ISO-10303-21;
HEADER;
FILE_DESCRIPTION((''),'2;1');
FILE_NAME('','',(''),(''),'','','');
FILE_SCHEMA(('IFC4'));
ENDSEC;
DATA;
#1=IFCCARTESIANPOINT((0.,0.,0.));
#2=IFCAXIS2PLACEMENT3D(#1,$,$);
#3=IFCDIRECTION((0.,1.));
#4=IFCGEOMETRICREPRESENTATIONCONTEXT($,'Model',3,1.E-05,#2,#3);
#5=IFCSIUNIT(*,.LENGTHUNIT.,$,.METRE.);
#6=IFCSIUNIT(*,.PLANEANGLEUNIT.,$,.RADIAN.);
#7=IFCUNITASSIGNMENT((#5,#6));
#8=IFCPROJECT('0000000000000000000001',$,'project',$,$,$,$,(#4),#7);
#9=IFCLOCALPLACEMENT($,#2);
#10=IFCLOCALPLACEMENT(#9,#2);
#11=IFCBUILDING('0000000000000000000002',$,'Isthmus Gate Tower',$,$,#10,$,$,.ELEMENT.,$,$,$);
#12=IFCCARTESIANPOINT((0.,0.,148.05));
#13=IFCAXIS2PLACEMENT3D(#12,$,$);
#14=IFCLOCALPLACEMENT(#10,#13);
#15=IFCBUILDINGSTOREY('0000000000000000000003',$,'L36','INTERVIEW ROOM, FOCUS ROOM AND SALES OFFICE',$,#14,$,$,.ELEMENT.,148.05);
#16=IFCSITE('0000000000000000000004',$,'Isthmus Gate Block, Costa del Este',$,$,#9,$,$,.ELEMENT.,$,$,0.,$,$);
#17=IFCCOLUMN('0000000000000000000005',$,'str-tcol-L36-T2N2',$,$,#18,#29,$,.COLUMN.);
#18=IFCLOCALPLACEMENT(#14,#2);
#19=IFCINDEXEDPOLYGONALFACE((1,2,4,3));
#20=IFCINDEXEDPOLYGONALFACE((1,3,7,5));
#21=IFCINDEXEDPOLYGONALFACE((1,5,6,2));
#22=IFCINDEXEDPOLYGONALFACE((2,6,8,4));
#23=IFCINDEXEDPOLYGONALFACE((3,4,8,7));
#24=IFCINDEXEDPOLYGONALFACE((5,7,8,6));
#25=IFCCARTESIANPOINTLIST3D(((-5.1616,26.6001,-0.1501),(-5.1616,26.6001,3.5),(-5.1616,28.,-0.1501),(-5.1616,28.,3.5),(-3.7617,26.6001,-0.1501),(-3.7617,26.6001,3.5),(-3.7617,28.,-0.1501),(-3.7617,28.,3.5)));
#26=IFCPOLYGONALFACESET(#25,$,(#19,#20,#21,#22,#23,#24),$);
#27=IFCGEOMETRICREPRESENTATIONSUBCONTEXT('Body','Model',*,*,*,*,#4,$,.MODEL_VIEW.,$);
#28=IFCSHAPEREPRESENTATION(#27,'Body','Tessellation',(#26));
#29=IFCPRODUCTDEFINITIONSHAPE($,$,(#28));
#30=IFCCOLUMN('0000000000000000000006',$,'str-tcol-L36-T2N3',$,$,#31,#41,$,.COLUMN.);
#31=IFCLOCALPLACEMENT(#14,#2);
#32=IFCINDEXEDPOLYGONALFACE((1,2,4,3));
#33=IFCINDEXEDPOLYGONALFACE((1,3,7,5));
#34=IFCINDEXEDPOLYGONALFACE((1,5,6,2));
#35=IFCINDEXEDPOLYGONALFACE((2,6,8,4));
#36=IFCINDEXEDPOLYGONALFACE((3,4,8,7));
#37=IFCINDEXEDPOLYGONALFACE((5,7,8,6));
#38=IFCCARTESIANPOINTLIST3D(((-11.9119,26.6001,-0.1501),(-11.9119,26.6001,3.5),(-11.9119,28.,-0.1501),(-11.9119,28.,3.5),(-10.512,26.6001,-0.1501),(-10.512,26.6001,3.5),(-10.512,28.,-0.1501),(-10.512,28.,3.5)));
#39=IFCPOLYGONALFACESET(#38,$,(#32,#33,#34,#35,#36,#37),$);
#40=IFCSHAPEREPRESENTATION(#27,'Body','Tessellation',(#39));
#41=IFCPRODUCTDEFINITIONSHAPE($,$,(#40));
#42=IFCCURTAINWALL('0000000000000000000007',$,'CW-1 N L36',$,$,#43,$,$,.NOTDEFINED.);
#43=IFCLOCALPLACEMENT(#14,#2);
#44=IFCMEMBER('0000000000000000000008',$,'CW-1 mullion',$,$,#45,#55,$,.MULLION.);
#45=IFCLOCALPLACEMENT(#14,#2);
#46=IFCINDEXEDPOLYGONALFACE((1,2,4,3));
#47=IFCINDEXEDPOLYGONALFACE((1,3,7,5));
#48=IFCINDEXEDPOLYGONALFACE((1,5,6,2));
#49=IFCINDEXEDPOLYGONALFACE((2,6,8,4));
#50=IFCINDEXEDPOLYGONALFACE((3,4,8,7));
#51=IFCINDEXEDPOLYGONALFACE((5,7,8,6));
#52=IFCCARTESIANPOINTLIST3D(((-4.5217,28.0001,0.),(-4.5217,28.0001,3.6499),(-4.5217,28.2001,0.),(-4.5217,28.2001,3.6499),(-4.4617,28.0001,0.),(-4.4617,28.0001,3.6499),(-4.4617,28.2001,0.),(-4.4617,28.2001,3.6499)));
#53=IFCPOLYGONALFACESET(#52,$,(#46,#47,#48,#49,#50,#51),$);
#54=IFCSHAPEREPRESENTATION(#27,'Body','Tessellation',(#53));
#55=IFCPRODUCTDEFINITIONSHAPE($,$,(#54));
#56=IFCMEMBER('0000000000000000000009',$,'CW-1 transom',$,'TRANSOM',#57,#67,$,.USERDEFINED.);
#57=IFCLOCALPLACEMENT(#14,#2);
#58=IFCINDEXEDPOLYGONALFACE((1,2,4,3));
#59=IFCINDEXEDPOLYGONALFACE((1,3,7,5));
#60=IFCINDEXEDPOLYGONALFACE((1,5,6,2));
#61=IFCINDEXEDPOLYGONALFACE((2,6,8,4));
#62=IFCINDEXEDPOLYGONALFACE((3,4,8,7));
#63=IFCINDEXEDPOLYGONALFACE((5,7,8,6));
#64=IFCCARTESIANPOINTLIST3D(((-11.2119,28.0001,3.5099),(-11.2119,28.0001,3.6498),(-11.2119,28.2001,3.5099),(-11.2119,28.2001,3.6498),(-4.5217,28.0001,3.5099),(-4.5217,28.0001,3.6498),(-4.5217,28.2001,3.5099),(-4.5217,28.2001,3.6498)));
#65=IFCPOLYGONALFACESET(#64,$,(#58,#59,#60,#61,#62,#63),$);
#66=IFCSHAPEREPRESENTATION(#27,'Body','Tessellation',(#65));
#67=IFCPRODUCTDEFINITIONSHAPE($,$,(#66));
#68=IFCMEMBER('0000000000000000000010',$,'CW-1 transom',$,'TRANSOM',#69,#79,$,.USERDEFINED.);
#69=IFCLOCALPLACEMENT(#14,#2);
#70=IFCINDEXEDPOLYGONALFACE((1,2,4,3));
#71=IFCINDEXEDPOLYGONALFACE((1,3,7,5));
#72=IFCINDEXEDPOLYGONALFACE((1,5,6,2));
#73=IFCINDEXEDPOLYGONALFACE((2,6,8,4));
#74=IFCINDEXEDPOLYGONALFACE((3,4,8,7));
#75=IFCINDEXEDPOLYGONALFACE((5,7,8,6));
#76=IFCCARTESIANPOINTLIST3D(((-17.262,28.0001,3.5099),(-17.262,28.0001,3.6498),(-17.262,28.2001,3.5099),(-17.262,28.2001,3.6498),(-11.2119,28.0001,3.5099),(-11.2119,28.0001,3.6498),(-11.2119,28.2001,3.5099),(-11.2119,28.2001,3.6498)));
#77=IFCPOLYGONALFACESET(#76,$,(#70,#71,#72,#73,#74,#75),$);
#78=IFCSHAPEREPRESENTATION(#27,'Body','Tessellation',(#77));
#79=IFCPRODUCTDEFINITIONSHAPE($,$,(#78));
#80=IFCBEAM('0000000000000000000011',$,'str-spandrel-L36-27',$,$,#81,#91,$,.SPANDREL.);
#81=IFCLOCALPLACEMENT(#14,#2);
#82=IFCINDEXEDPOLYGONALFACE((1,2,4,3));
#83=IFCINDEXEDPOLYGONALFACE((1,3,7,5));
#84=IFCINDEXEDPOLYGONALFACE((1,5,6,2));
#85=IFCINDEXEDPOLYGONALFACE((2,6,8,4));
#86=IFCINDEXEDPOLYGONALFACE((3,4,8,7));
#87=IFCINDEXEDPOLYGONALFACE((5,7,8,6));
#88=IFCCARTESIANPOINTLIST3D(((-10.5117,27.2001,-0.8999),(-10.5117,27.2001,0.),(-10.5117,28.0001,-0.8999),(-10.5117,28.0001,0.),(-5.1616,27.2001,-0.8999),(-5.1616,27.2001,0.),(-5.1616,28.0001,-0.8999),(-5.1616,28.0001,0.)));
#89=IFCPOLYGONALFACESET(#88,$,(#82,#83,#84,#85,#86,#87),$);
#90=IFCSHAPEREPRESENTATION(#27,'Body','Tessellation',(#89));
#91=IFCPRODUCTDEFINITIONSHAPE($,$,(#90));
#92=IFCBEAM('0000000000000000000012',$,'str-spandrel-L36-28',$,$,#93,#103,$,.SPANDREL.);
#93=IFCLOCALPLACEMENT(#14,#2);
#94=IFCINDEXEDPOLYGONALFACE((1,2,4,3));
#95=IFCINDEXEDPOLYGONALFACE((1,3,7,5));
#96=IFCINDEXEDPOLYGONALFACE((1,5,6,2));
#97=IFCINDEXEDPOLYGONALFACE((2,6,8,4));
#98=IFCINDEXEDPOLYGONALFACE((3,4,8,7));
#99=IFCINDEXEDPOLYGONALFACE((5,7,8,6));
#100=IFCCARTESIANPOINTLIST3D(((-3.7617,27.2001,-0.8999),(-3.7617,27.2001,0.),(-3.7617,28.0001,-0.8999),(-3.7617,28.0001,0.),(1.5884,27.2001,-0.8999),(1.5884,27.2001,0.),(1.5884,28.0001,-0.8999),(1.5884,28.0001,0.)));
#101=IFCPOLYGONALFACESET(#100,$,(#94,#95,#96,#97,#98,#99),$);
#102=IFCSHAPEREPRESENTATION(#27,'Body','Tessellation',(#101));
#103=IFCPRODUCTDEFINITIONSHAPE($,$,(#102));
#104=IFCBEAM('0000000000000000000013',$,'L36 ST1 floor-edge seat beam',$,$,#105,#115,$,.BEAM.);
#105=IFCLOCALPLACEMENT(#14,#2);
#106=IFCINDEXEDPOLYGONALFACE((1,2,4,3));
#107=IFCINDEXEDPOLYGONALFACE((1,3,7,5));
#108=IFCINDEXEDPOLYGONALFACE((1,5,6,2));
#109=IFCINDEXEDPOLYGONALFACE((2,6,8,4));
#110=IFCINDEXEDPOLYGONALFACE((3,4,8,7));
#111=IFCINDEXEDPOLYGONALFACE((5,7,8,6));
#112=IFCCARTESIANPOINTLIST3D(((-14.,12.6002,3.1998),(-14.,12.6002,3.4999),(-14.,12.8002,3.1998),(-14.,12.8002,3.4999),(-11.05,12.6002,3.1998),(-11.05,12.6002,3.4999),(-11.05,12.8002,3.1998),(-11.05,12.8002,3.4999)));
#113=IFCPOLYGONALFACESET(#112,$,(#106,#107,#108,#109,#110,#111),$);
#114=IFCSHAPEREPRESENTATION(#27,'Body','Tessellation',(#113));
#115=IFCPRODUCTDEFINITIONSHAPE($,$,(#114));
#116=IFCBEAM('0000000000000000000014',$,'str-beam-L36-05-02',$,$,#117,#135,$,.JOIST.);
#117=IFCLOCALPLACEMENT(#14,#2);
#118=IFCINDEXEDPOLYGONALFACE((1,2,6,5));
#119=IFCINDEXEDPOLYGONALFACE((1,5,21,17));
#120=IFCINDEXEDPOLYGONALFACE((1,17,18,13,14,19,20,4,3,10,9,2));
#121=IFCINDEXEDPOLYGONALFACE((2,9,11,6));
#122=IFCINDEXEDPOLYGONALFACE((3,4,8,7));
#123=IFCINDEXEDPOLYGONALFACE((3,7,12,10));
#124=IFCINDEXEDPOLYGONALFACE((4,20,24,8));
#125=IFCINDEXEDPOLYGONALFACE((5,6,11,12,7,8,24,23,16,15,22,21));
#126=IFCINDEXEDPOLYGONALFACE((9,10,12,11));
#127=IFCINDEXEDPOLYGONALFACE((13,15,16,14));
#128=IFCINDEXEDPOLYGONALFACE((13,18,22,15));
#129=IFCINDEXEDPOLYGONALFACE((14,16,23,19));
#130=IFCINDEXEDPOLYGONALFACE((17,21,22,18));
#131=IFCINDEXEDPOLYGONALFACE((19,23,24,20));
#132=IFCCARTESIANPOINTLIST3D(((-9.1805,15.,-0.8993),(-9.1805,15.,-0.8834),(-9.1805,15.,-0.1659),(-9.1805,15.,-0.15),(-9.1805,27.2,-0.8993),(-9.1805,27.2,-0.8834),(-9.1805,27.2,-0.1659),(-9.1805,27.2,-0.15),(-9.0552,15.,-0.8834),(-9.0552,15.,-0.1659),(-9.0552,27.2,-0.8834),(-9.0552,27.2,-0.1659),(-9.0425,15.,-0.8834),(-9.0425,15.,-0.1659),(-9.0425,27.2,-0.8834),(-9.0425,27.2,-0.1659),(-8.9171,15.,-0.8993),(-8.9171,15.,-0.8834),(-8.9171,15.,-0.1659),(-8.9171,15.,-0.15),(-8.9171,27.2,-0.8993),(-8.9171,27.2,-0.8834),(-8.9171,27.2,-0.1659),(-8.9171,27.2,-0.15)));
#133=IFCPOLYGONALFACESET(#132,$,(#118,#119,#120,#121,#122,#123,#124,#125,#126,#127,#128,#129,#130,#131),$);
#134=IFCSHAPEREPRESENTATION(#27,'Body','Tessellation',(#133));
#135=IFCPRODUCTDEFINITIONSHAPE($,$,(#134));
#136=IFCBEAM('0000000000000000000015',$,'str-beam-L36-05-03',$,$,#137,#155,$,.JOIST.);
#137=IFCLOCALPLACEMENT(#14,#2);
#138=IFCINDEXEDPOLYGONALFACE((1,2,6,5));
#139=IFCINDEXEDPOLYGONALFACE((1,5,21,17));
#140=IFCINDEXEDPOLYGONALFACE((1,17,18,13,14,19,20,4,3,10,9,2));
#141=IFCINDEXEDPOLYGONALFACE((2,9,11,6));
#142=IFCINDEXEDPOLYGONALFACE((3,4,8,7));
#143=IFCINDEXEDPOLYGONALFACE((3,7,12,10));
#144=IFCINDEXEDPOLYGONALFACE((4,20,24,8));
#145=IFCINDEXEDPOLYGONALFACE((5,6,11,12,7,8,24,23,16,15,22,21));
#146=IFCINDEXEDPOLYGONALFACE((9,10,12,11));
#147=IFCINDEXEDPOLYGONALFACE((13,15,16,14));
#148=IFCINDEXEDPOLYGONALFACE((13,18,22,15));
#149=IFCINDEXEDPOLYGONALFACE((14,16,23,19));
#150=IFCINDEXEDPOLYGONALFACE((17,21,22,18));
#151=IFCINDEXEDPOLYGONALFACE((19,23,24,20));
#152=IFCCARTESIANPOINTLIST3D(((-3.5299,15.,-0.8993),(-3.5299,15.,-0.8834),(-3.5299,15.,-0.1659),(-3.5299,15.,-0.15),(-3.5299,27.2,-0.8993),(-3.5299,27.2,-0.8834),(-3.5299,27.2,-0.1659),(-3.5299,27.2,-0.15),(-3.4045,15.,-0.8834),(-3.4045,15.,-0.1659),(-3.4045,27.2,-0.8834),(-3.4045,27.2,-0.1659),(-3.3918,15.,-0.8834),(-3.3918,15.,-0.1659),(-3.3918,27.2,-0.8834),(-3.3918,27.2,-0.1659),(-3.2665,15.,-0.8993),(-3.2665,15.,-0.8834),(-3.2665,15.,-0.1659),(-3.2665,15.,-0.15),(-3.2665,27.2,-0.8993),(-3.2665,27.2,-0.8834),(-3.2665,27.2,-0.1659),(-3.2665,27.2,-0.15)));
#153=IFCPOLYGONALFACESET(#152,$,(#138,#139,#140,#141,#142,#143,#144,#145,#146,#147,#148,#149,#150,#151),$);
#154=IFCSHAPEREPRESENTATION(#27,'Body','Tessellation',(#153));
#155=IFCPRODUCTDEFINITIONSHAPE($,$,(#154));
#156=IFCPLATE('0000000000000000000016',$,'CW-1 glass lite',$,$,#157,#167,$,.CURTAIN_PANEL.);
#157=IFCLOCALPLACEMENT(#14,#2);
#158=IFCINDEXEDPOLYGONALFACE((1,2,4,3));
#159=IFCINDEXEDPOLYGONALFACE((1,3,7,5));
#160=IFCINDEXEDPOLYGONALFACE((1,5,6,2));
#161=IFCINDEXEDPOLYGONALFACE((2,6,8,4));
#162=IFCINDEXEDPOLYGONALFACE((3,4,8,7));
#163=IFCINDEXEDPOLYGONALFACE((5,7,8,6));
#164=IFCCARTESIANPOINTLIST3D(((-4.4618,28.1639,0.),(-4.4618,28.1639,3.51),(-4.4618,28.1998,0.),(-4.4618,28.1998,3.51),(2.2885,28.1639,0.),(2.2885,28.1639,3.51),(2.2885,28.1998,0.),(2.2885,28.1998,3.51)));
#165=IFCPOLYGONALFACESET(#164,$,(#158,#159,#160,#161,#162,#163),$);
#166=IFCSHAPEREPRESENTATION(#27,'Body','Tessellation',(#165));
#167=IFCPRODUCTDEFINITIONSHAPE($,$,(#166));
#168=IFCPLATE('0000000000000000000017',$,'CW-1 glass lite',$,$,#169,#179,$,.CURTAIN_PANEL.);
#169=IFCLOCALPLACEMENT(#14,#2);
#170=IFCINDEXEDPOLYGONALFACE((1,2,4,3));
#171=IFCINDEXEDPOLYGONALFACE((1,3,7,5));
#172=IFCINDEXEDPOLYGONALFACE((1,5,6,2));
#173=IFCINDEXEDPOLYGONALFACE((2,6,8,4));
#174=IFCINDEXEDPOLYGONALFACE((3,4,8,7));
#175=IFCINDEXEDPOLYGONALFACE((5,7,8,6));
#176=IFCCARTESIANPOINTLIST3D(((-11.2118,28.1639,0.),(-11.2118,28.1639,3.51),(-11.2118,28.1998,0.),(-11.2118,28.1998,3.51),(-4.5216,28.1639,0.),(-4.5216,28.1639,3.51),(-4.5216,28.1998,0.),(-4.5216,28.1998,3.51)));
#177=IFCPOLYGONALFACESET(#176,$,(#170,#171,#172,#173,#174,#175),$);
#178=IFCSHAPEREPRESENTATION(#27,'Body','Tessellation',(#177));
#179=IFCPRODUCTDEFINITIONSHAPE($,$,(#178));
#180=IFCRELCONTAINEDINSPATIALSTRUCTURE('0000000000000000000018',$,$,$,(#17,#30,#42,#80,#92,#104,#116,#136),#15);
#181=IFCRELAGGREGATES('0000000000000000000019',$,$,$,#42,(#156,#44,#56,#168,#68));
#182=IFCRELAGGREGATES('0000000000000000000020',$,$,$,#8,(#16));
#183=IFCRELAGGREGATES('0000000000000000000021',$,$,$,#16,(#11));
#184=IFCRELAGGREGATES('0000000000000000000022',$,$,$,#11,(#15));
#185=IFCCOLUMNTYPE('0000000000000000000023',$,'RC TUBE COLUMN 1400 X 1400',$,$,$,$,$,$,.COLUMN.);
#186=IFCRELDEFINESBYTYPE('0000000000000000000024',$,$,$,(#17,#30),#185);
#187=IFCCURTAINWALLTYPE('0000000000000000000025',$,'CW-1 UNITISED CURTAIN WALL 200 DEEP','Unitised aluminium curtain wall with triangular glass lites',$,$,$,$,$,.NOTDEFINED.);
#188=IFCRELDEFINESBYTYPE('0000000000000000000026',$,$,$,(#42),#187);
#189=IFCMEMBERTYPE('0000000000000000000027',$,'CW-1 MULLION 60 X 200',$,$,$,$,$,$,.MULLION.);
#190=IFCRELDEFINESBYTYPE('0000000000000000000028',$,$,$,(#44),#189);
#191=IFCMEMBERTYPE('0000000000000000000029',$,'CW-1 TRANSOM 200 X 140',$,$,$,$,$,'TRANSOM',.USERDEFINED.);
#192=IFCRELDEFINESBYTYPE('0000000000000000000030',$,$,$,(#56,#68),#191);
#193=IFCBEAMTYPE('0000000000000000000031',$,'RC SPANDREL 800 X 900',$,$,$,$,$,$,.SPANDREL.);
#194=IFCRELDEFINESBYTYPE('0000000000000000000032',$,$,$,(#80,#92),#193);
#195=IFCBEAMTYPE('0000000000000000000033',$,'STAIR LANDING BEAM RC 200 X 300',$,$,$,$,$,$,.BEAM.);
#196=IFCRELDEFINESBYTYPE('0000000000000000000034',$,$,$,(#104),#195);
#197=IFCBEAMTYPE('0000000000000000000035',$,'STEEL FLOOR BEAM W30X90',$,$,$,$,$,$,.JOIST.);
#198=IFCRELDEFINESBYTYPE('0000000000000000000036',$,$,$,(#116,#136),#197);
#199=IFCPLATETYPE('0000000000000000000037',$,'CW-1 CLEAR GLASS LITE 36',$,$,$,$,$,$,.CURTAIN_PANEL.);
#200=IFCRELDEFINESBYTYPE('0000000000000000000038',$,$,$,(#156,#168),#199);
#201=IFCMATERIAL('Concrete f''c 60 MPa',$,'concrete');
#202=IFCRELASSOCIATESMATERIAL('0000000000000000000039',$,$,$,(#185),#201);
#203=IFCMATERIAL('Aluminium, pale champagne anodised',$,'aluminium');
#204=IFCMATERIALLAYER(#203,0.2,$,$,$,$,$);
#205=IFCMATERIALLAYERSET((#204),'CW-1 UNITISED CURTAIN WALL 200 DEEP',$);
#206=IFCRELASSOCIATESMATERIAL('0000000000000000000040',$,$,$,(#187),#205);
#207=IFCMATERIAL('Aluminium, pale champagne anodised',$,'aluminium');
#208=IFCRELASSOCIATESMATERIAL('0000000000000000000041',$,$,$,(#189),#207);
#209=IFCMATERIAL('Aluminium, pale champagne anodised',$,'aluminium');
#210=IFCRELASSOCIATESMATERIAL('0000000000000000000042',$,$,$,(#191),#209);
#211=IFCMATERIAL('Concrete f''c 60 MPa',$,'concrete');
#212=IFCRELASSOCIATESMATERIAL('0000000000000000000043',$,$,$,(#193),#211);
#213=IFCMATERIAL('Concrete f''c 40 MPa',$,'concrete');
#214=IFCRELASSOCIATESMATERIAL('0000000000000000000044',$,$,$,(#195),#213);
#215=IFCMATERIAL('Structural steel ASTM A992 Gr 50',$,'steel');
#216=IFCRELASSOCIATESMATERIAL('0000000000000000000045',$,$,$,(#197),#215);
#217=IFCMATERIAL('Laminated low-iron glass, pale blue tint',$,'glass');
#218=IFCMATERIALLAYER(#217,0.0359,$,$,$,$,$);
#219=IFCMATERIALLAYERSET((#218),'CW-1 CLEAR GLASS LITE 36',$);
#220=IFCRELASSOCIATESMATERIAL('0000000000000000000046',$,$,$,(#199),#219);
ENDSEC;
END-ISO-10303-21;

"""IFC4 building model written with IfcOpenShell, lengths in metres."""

from ifc_helpers import new_model, si_unit, direction, frame, origin, origin_2d, place, context, subcontext, project, spatial, rectangle, i_section, extrude, material, layer, layer_set, material_profile, profile_set, type_object, element, aggregate, save


model = new_model("IFC4")

# Units and contexts
model_context = context("Model", 3, precision=1e-05, world=origin(), true_north=direction((0.0, 1.0)))
body_context = subcontext(model_context, "Body", "Model", "MODEL_VIEW")
ifc_project = project(units=[si_unit("LENGTHUNIT", "METRE"), si_unit("PLANEANGLEUNIT", "RADIAN")], contexts=[model_context])

# Site, building, storey
site_placement = place(None, origin())
site = spatial("IfcSite", under=ifc_project, at=site_placement, Name="Isthmus Gate Block, Costa del Este", CompositionType="ELEMENT", RefElevation=0.0)
building_placement = place(site_placement, origin())
building = spatial("IfcBuilding", under=site, at=building_placement, Name="Isthmus Gate Tower", CompositionType="ELEMENT")
storey_placement = place(building_placement, frame((0.0, 0.0, 148.05)))
storey = spatial("IfcBuildingStorey", under=building, at=storey_placement, Name="L36", Description="INTERVIEW ROOM, FOCUS ROOM AND SALES OFFICE", CompositionType="ELEMENT", Elevation=148.05)

# Columns
ifc_material_1 = material(Name="Concrete f'c 60 MPa", Category="concrete")
ifc_material_profile_1 = material_profile(ifc_material_1, rectangle(XDim=1.3999, YDim=1.3999, at=origin_2d()), Name="RC 1400X1400")
ifc_profile_set_1 = profile_set([ifc_material_profile_1], Name="Concrete f'c 60 MPa")
column_type = type_object("IfcColumnType", Name="RC TUBE COLUMN 1400 X 1400", PredefinedType="COLUMN", material=ifc_profile_set_1)
for number, where, z_axis, x_axis, name in (
    (1, (-4.4617, 27.3, -0.1501), (0.0, 0.0, 1.0), (-1.0, 0.0, 0.0), "str-tcol-L36-T2N2"),
    (2, (-11.2119, 27.3, -0.1501), (0.0, 0.0, 1.0), (-1.0, 0.0, 0.0), "str-tcol-L36-T2N3"),
):
    element("IfcColumn", number, at=place(storey_placement, frame(where, z_axis=z_axis, x_axis=x_axis)), inside=storey, type_object=column_type, Name=name, PredefinedType="COLUMN", context=body_context, shape_type="SweptSolid", body=[
        extrude(rectangle(XDim=1.3999, YDim=1.3999, at=origin_2d()), origin(), (0.0, 0.0, 1.0), 3.6501),
    ])

# Curtain wall, members
ifc_material_2 = material(Name="Aluminium, pale champagne anodised", Category="aluminium")
ifc_layer_1 = layer(ifc_material_2, 0.2)
ifc_layer_set_1 = layer_set([ifc_layer_1], Name="CW-1 UNITISED CURTAIN WALL 200 DEEP")
curtain_wall_type = type_object("IfcCurtainWallType", Name="CW-1 UNITISED CURTAIN WALL 200 DEEP", Description="Unitised aluminium curtain wall with triangular glass lites", PredefinedType="NOTDEFINED", material=ifc_layer_set_1)
curtain_wall_placement = place(storey_placement, origin())
curtain_wall = element("IfcCurtainWall", 3, at=curtain_wall_placement, inside=storey, type_object=curtain_wall_type, Name="CW-1 N L36", PredefinedType="NOTDEFINED")
ifc_material_3 = material(Name="Aluminium, pale champagne anodised", Category="aluminium")
ifc_material_profile_2 = material_profile(ifc_material_3, rectangle(XDim=0.0601, YDim=0.2, at=origin_2d()), Name="60x200")
ifc_profile_set_2 = profile_set([ifc_material_profile_2], Name="Aluminium, pale champagne anodised")
member_type_1 = type_object("IfcMemberType", Name="CW-1 MULLION 60 X 200", PredefinedType="MULLION", material=ifc_profile_set_2)
member_1_placement = place(storey_placement, frame((-4.4917, 28.1001, 0.0), z_axis=(0.0, 0.0, 1.0), x_axis=(-1.0, 0.0, 0.0)))
member_1 = element("IfcMember", 4, at=member_1_placement, type_object=member_type_1, Name="CW-1 mullion", PredefinedType="MULLION", context=body_context, shape_type="SweptSolid", body=[
    extrude(rectangle(XDim=0.0601, YDim=0.2, at=origin_2d()), origin(), (0.0, 0.0, 1.0), 3.6499),
])
ifc_material_4 = material(Name="Aluminium, pale champagne anodised", Category="aluminium")
ifc_material_profile_3 = material_profile(ifc_material_4, rectangle(XDim=0.2, YDim=0.1399, at=origin_2d()), Name="200x140")
ifc_profile_set_3 = profile_set([ifc_material_profile_3], Name="Aluminium, pale champagne anodised")
member_type_2 = type_object("IfcMemberType", Name="CW-1 TRANSOM 200 X 140", ElementType="TRANSOM", PredefinedType="USERDEFINED", material=ifc_profile_set_3)
member_2_placement = place(storey_placement, frame((-4.5217, 28.1001, 3.5798), z_axis=(-1.0, 0.0, 0.0), x_axis=(0.0, -1.0, 0.0)))
member_2 = element("IfcMember", 5, at=member_2_placement, type_object=member_type_2, Name="CW-1 transom", ObjectType="TRANSOM", PredefinedType="USERDEFINED", context=body_context, shape_type="SweptSolid", body=[
    extrude(rectangle(XDim=0.2, YDim=0.1399, at=origin_2d()), origin(), (0.0, 0.0, 1.0), 6.6902),
])
member_3_placement = place(storey_placement, frame((-11.2119, 28.1001, 3.5798), z_axis=(-1.0, 0.0, 0.0), x_axis=(0.0, -1.0, 0.0)))
member_3 = element("IfcMember", 6, at=member_3_placement, type_object=member_type_2, Name="CW-1 transom", ObjectType="TRANSOM", PredefinedType="USERDEFINED", context=body_context, shape_type="SweptSolid", body=[
    extrude(rectangle(XDim=0.2, YDim=0.1399, at=origin_2d()), origin(), (0.0, 0.0, 1.0), 6.05),
])

# Beams
ifc_material_5 = material(Name="Concrete f'c 60 MPa", Category="concrete")
ifc_material_profile_4 = material_profile(ifc_material_5, rectangle(XDim=0.8, YDim=0.8999, at=origin_2d()), Name="RC 800X900")
ifc_profile_set_4 = profile_set([ifc_material_profile_4], Name="Concrete f'c 60 MPa")
beam_type_1 = type_object("IfcBeamType", Name="RC SPANDREL 800 X 900", PredefinedType="SPANDREL", material=ifc_profile_set_4)
for number, where, z_axis, x_axis, name in (
    (7, (-10.5117, 27.6001, -0.45), (1.0, 0.0, 0.0), (0.0, 1.0, 0.0), "str-spandrel-L36-27"),
    (8, (-3.7617, 27.6001, -0.45), (1.0, 0.0, 0.0), (0.0, 1.0, 0.0), "str-spandrel-L36-28"),
):
    element("IfcBeam", number, at=place(storey_placement, frame(where, z_axis=z_axis, x_axis=x_axis)), inside=storey, type_object=beam_type_1, Name=name, PredefinedType="SPANDREL", context=body_context, shape_type="SweptSolid", body=[
        extrude(rectangle(XDim=0.8, YDim=0.8999, at=origin_2d()), origin(), (0.0, 0.0, 1.0), 5.3501),
    ])
ifc_material_6 = material(Name="Concrete f'c 40 MPa", Category="concrete")
ifc_material_profile_5 = material_profile(ifc_material_6, rectangle(XDim=0.2, YDim=0.3, at=origin_2d()), Name="STAIR LANDING BEAM RC 200 X 300")
ifc_profile_set_5 = profile_set([ifc_material_profile_5], Name="Concrete f'c 40 MPa")
beam_type_2 = type_object("IfcBeamType", Name="STAIR LANDING BEAM RC 200 X 300", PredefinedType="BEAM", material=ifc_profile_set_5)
beam_placement = place(storey_placement, frame((-14.0, 12.7002, 3.3499), z_axis=(1.0, 0.0, 0.0), x_axis=(0.0, 1.0, 0.0)))
element("IfcBeam", 9, at=beam_placement, inside=storey, type_object=beam_type_2, Name="L36 ST1 floor-edge seat beam", PredefinedType="BEAM", context=body_context, shape_type="SweptSolid", body=[
    extrude(rectangle(XDim=0.2, YDim=0.3, at=origin_2d()), origin(), (0.0, 0.0, 1.0), 2.95),
])
ifc_material_7 = material(Name="Structural steel ASTM A992 Gr 50", Category="steel")
ifc_material_profile_6 = material_profile(ifc_material_7, i_section(OverallWidth=0.2634, OverallDepth=0.7493, WebThickness=0.0127, FlangeThickness=0.0159, at=origin_2d()), Name="W30X90")
ifc_profile_set_6 = profile_set([ifc_material_profile_6], Name="Structural steel ASTM A992 Gr 50")
beam_type_3 = type_object("IfcBeamType", Name="STEEL FLOOR BEAM W30X90", PredefinedType="JOIST", material=ifc_profile_set_6)
for number, where, z_axis, x_axis, name in (
    (10, (-9.0488, 15.0, -0.5247), (0.0, 1.0, 0.0), (-1.0, 0.0, 0.0), "str-beam-L36-05-02"),
    (11, (-3.3982, 15.0, -0.5247), (0.0, 1.0, 0.0), (-1.0, 0.0, 0.0), "str-beam-L36-05-03"),
):
    element("IfcBeam", number, at=place(storey_placement, frame(where, z_axis=z_axis, x_axis=x_axis)), inside=storey, type_object=beam_type_3, Name=name, PredefinedType="JOIST", context=body_context, shape_type="SweptSolid", body=[
        extrude(i_section(OverallWidth=0.2634, OverallDepth=0.7493, WebThickness=0.0127, FlangeThickness=0.0159, at=origin_2d()), origin(), (0.0, 0.0, 1.0), 12.2),
    ])

# Plates
ifc_material_8 = material(Name="Laminated low-iron glass, pale blue tint", Category="glass")
ifc_layer_2 = layer(ifc_material_8, 0.0359)
ifc_layer_set_2 = layer_set([ifc_layer_2], Name="CW-1 CLEAR GLASS LITE 36")
plate_type = type_object("IfcPlateType", Name="CW-1 CLEAR GLASS LITE 36", PredefinedType="CURTAIN_PANEL", material=ifc_layer_set_2)
plate_1_placement = place(storey_placement, frame((-1.0867, 28.1819, 0.0), z_axis=(0.0, 0.0, 1.0), x_axis=(-1.0, 0.0, 0.0)))
plate_1 = element("IfcPlate", 12, at=plate_1_placement, type_object=plate_type, Name="CW-1 glass lite", PredefinedType="CURTAIN_PANEL", context=body_context, shape_type="SweptSolid", body=[
    extrude(rectangle(XDim=6.7502, YDim=0.0359, at=origin_2d()), origin(), (0.0, 0.0, 1.0), 3.51),
])
plate_2_placement = place(storey_placement, frame((-7.8667, 28.1819, 0.0), z_axis=(0.0, 0.0, 1.0), x_axis=(-1.0, 0.0, 0.0)))
plate_2 = element("IfcPlate", 13, at=plate_2_placement, type_object=plate_type, Name="CW-1 glass lite", PredefinedType="CURTAIN_PANEL", context=body_context, shape_type="SweptSolid", body=[
    extrude(rectangle(XDim=6.6902, YDim=0.0359, at=origin_2d()), origin(), (0.0, 0.0, 1.0), 3.51),
])
aggregate(curtain_wall, [plate_1, member_1, member_2, plate_2, member_3])

save(model, "model.ifc")
